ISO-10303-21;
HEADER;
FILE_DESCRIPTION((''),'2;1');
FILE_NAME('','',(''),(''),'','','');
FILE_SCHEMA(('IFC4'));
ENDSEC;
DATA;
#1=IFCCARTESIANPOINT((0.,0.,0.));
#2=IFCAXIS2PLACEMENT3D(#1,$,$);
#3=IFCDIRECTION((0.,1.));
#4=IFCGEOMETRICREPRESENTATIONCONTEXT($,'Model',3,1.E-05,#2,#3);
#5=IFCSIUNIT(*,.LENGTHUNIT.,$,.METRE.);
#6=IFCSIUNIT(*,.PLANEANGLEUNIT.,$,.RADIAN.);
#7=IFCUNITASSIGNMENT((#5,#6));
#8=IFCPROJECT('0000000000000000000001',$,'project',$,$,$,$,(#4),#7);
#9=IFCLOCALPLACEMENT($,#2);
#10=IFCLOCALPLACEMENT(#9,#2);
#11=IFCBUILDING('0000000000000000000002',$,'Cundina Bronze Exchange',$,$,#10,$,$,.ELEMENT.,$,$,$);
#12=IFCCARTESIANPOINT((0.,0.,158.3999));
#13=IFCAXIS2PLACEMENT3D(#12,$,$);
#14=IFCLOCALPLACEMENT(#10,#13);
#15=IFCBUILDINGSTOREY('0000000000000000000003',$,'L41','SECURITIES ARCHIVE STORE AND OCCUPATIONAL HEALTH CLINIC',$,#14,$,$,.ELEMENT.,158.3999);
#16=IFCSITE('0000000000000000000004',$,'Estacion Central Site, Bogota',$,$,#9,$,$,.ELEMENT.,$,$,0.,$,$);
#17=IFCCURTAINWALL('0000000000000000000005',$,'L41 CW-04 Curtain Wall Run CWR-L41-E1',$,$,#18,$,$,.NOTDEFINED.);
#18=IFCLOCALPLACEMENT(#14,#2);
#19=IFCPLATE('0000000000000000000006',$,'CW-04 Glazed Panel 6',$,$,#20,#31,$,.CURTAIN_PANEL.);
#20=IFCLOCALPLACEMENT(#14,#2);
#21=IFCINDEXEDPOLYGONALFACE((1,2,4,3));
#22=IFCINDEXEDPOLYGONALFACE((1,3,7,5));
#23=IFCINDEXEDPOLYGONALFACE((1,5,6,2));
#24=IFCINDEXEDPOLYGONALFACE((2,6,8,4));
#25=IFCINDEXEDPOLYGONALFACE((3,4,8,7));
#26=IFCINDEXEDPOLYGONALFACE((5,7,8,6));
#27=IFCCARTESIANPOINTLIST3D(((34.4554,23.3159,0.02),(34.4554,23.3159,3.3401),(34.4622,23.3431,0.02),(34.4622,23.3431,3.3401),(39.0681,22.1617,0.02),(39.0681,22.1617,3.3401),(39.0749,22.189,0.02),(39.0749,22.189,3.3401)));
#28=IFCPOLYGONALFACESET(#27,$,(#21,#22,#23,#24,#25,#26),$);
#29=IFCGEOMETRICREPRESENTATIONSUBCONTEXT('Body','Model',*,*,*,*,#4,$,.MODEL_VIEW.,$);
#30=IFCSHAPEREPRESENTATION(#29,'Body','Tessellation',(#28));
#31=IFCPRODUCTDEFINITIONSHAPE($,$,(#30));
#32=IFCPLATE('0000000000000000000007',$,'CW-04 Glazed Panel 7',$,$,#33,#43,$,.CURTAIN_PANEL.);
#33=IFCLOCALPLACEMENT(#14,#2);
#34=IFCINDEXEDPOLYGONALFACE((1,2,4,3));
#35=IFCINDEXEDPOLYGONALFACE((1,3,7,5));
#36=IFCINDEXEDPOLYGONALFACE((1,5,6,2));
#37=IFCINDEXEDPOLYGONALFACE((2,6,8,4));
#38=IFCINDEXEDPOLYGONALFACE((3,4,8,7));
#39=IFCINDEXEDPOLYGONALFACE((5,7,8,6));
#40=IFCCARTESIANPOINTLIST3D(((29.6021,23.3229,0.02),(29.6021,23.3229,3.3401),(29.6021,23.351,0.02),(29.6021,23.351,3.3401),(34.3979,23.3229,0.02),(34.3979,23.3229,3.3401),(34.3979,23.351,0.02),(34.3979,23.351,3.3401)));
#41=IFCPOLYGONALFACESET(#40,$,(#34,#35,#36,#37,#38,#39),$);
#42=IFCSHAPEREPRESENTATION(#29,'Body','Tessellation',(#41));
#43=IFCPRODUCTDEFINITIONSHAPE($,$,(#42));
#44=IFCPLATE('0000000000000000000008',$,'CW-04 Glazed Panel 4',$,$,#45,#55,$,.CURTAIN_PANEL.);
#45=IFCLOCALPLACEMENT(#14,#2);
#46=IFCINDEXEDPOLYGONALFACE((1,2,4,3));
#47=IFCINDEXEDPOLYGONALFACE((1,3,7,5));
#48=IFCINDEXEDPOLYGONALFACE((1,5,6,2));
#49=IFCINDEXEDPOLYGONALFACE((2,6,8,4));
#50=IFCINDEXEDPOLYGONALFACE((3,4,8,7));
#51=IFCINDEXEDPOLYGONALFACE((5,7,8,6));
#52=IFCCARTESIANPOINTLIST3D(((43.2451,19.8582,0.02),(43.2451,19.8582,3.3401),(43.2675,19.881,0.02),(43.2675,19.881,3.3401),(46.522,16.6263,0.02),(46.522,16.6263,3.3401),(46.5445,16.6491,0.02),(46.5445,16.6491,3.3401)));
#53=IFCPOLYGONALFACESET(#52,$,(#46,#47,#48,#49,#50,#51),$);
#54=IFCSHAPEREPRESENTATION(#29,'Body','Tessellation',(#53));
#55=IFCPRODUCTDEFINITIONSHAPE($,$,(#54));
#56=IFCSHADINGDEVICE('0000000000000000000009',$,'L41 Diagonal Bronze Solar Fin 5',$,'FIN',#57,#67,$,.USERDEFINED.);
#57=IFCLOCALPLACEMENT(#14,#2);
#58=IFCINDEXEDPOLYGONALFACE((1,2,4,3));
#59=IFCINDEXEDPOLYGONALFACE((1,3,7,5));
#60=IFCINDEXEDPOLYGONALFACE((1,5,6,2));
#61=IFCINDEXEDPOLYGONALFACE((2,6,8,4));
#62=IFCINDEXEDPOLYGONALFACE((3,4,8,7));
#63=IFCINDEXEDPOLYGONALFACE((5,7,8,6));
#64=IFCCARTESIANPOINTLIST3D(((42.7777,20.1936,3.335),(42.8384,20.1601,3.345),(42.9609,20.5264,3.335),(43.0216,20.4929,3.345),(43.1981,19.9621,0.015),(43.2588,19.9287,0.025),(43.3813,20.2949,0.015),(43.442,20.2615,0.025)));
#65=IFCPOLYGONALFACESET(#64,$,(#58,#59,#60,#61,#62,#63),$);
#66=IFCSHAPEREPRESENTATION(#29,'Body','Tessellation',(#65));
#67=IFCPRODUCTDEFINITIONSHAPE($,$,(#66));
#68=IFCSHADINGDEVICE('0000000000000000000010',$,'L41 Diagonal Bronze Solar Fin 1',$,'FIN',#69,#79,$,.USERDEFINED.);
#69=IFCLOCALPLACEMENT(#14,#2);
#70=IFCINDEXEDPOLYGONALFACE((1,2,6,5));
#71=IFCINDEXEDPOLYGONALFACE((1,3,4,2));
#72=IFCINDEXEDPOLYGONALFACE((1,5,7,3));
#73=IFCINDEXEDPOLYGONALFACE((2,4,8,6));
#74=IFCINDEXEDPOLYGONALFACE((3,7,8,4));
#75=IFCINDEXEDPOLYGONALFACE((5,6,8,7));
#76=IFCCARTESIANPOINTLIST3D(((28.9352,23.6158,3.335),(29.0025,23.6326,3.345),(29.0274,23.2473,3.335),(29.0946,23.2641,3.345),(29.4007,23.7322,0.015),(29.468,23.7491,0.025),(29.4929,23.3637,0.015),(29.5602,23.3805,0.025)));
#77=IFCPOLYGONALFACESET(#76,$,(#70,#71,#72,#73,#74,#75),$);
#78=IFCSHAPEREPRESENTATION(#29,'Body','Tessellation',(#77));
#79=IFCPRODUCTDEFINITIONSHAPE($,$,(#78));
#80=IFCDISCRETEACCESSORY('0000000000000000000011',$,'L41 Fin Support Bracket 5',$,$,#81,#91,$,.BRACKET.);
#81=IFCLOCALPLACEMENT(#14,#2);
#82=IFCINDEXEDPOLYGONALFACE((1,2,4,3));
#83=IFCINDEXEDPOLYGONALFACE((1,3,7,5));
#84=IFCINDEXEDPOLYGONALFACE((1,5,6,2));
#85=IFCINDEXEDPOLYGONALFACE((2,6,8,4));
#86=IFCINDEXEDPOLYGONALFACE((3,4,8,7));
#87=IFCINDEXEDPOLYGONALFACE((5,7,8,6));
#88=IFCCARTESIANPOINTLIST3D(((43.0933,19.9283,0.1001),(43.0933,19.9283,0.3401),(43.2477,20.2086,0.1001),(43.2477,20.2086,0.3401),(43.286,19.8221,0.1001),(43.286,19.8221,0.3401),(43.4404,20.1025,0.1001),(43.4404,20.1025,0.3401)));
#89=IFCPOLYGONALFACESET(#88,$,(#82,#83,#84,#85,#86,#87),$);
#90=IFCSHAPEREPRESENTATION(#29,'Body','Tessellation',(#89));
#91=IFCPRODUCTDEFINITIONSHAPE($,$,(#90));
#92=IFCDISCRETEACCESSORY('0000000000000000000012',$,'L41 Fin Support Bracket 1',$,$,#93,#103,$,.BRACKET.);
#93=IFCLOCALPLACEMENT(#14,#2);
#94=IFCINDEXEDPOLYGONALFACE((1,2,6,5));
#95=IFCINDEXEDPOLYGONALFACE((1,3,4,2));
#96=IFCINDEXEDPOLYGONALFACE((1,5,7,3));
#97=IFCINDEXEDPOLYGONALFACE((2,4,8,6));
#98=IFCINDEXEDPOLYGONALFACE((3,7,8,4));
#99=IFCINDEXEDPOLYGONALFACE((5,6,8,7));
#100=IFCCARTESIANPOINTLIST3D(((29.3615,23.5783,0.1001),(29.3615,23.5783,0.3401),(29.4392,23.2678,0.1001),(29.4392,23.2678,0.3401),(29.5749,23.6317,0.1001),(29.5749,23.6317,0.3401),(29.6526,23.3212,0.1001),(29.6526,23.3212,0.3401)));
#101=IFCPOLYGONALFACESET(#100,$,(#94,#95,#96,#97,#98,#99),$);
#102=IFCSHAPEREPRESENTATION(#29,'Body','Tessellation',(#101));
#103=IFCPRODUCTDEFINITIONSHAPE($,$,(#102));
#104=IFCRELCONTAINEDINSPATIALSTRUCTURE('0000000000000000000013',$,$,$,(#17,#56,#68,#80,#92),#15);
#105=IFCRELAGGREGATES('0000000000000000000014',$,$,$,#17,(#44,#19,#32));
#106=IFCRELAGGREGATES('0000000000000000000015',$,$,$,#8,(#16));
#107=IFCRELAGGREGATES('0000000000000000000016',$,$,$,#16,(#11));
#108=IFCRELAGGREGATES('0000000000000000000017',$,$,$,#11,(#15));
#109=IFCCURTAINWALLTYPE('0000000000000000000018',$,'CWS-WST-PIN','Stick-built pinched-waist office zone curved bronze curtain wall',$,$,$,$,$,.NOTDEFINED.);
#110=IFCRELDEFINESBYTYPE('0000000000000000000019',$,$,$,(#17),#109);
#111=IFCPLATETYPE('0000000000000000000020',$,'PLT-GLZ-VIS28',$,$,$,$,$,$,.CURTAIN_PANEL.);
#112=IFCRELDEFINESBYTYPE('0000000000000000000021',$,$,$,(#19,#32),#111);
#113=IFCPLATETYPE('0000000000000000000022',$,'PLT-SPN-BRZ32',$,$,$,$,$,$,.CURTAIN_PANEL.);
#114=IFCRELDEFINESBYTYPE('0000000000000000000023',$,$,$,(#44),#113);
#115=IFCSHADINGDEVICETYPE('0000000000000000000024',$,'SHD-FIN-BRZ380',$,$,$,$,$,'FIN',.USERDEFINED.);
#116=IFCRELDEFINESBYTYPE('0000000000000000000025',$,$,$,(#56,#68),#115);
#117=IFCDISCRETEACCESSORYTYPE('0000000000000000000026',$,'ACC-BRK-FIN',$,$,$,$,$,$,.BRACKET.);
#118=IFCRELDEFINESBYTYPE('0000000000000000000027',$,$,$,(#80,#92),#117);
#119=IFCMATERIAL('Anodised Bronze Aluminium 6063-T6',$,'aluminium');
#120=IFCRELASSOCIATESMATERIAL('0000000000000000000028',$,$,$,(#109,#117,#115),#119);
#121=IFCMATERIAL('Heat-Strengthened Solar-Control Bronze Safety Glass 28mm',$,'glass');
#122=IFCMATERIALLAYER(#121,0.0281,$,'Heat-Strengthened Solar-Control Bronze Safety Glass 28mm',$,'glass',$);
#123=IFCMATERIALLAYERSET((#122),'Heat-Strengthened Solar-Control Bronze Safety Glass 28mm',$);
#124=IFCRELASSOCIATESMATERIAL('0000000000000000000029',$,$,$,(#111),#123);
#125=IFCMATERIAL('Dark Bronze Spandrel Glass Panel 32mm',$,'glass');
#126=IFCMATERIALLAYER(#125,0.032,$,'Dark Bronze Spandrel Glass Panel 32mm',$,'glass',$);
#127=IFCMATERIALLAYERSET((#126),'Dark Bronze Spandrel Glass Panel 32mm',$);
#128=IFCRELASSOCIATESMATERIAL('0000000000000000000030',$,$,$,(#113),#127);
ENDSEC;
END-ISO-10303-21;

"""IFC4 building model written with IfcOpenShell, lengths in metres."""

from ifc_helpers import new_model, si_unit, direction, frame, origin, origin_2d, place, context, subcontext, project, spatial, rectangle, extrude, material, layer, layer_set, material_profile, profile_set, type_object, element, aggregate, save


model = new_model("IFC4")

# Units and contexts
model_context = context("Model", 3, precision=1e-05, world=origin(), true_north=direction((0.0, 1.0)))
body_context = subcontext(model_context, "Body", "Model", "MODEL_VIEW")
ifc_project = project(units=[si_unit("LENGTHUNIT", "METRE"), si_unit("PLANEANGLEUNIT", "RADIAN")], contexts=[model_context])

# Site, building, storey
site_placement = place(None, origin())
site = spatial("IfcSite", under=ifc_project, at=site_placement, Name="Estacion Central Site, Bogota", CompositionType="ELEMENT", RefElevation=0.0)
building_placement = place(site_placement, origin())
building = spatial("IfcBuilding", under=site, at=building_placement, Name="Cundina Bronze Exchange", CompositionType="ELEMENT")
storey_placement = place(building_placement, frame((0.0, 0.0, 158.3999)))
storey = spatial("IfcBuildingStorey", under=building, at=storey_placement, Name="L41", Description="SECURITIES ARCHIVE STORE AND OCCUPATIONAL HEALTH CLINIC", CompositionType="ELEMENT", Elevation=158.3999)

# Curtain wall
ifc_material_1 = material(Name="Anodised Bronze Aluminium 6063-T6", Category="aluminium")
curtain_wall_type = type_object("IfcCurtainWallType", Name="CWS-WST-PIN", Description="Stick-built pinched-waist office zone curved bronze curtain wall", PredefinedType="NOTDEFINED", material=ifc_material_1)
curtain_wall_1_placement = place(storey_placement, origin())
curtain_wall_1 = element("IfcCurtainWall", 1, at=curtain_wall_1_placement, inside=storey, type_object=curtain_wall_type, Name="L41 CW-04 Curtain Wall Run CWR-L41-E1", PredefinedType="NOTDEFINED")

# Plates
ifc_material_2 = material(Name="Heat-Strengthened Solar-Control Bronze Safety Glass 28mm", Category="glass")
ifc_layer_1 = layer(ifc_material_2, 0.0281, Name="Heat-Strengthened Solar-Control Bronze Safety Glass 28mm", Category="glass")
ifc_layer_set_1 = layer_set([ifc_layer_1], Name="Heat-Strengthened Solar-Control Bronze Safety Glass 28mm")
plate_type_1 = type_object("IfcPlateType", Name="PLT-GLZ-VIS28", PredefinedType="CURTAIN_PANEL", material=ifc_layer_set_1)
plate_1_placement = place(storey_placement, frame((36.7651, 22.7524, 0.02), z_axis=(0.0, 0.0, 1.0), x_axis=(-0.970093, 0.242735, 0.0)))
plate_1 = element("IfcPlate", 2, at=plate_1_placement, type_object=plate_type_1, Name="CW-04 Glazed Panel 6", PredefinedType="CURTAIN_PANEL", context=body_context, shape_type="SweptSolid", body=[
    extrude(rectangle(XDim=4.7549, YDim=0.0281, at=origin_2d()), origin(), (0.0, 0.0, 1.0), 3.3201),
])
plate_2_placement = place(storey_placement, frame((32.0, 23.3369, 0.02), z_axis=(0.0, 0.0, 1.0), x_axis=(-1.0, 0.0, 0.0)))
plate_2 = element("IfcPlate", 3, at=plate_2_placement, type_object=plate_type_1, Name="CW-04 Glazed Panel 7", PredefinedType="CURTAIN_PANEL", context=body_context, shape_type="SweptSolid", body=[
    extrude(rectangle(XDim=4.7959, YDim=0.0281, at=origin_2d()), origin(), (0.0, 0.0, 1.0), 3.3201),
])
ifc_material_3 = material(Name="Dark Bronze Spandrel Glass Panel 32mm", Category="glass")
ifc_layer_2 = layer(ifc_material_3, 0.032, Name="Dark Bronze Spandrel Glass Panel 32mm", Category="glass")
ifc_layer_set_2 = layer_set([ifc_layer_2], Name="Dark Bronze Spandrel Glass Panel 32mm")
plate_type_2 = type_object("IfcPlateType", Name="PLT-SPN-BRZ32", PredefinedType="CURTAIN_PANEL", material=ifc_layer_set_2)
plate_3_placement = place(storey_placement, frame((44.8948, 18.2537, 0.02), z_axis=(0.0, 0.0, 1.0), x_axis=(-0.711989, 0.70219, 0.0)))
plate_3 = element("IfcPlate", 4, at=plate_3_placement, type_object=plate_type_2, Name="CW-04 Glazed Panel 4", PredefinedType="CURTAIN_PANEL", context=body_context, shape_type="SweptSolid", body=[
    extrude(rectangle(XDim=4.6025, YDim=0.032, at=origin_2d()), origin(), (0.0, 0.0, 1.0), 3.3201),
])
aggregate(curtain_wall_1, [plate_3, plate_1, plate_2])

# Shading devices
ifc_material_profile_1 = material_profile(ifc_material_1, rectangle(XDim=0.0701, YDim=0.3799, at=origin_2d()), Name="FIN70X380", Category="aluminium")
ifc_profile_set_1 = profile_set([ifc_material_profile_1], Name="Anodised Bronze Aluminium 6063-T6")
shading_device_type = type_object("IfcShadingDeviceType", Name="SHD-FIN-BRZ380", ElementType="FIN", PredefinedType="USERDEFINED", material=ifc_profile_set_1)
for number, where, z_axis, x_axis, name in (
    (5, (43.3201, 20.1118, 0.02), (-0.125324, 0.068994, 0.989714), (0.867012, -0.47731, 0.143061), "L41 Diagonal Bronze Solar Fin 5"),
    (6, (29.4805, 23.5564, 0.02), (-0.138788, -0.034715, 0.989713), (0.960133, 0.240159, 0.143064), "L41 Diagonal Bronze Solar Fin 1"),
):
    element("IfcShadingDevice", number, at=place(storey_placement, frame(where, z_axis=z_axis, x_axis=x_axis)), inside=storey, type_object=shading_device_type, Name=name, ObjectType="FIN", PredefinedType="USERDEFINED", context=body_context, shape_type="SweptSolid", body=[
        extrude(rectangle(XDim=0.0701, YDim=0.3799, at=origin_2d()), origin(), (0.0, 0.0, 1.0), 3.3545),
    ])

# Discrete accessories
discrete_accessory_type = type_object("IfcDiscreteAccessoryType", Name="ACC-BRK-FIN", PredefinedType="BRACKET", material=ifc_material_1)
for number, where, z_axis, x_axis, name in (
    (7, (43.2668, 20.0154, 0.1001), (0.0, 0.0, 1.0), (-0.875869, 0.482549, 0.0), "L41 Fin Support Bracket 5"),
    (8, (29.5071, 23.4497, 0.1001), (0.0, 0.0, 1.0), (-0.970093, -0.242735, 0.0), "L41 Fin Support Bracket 1"),
):
    element("IfcDiscreteAccessory", number, at=place(storey_placement, frame(where, z_axis=z_axis, x_axis=x_axis)), inside=storey, type_object=discrete_accessory_type, Name=name, PredefinedType="BRACKET", context=body_context, shape_type="SweptSolid", body=[
        extrude(rectangle(XDim=0.22, YDim=0.3201, at=origin_2d()), origin(), (0.0, 0.0, 1.0), 0.24),
    ])

save(model, "model.ifc")
